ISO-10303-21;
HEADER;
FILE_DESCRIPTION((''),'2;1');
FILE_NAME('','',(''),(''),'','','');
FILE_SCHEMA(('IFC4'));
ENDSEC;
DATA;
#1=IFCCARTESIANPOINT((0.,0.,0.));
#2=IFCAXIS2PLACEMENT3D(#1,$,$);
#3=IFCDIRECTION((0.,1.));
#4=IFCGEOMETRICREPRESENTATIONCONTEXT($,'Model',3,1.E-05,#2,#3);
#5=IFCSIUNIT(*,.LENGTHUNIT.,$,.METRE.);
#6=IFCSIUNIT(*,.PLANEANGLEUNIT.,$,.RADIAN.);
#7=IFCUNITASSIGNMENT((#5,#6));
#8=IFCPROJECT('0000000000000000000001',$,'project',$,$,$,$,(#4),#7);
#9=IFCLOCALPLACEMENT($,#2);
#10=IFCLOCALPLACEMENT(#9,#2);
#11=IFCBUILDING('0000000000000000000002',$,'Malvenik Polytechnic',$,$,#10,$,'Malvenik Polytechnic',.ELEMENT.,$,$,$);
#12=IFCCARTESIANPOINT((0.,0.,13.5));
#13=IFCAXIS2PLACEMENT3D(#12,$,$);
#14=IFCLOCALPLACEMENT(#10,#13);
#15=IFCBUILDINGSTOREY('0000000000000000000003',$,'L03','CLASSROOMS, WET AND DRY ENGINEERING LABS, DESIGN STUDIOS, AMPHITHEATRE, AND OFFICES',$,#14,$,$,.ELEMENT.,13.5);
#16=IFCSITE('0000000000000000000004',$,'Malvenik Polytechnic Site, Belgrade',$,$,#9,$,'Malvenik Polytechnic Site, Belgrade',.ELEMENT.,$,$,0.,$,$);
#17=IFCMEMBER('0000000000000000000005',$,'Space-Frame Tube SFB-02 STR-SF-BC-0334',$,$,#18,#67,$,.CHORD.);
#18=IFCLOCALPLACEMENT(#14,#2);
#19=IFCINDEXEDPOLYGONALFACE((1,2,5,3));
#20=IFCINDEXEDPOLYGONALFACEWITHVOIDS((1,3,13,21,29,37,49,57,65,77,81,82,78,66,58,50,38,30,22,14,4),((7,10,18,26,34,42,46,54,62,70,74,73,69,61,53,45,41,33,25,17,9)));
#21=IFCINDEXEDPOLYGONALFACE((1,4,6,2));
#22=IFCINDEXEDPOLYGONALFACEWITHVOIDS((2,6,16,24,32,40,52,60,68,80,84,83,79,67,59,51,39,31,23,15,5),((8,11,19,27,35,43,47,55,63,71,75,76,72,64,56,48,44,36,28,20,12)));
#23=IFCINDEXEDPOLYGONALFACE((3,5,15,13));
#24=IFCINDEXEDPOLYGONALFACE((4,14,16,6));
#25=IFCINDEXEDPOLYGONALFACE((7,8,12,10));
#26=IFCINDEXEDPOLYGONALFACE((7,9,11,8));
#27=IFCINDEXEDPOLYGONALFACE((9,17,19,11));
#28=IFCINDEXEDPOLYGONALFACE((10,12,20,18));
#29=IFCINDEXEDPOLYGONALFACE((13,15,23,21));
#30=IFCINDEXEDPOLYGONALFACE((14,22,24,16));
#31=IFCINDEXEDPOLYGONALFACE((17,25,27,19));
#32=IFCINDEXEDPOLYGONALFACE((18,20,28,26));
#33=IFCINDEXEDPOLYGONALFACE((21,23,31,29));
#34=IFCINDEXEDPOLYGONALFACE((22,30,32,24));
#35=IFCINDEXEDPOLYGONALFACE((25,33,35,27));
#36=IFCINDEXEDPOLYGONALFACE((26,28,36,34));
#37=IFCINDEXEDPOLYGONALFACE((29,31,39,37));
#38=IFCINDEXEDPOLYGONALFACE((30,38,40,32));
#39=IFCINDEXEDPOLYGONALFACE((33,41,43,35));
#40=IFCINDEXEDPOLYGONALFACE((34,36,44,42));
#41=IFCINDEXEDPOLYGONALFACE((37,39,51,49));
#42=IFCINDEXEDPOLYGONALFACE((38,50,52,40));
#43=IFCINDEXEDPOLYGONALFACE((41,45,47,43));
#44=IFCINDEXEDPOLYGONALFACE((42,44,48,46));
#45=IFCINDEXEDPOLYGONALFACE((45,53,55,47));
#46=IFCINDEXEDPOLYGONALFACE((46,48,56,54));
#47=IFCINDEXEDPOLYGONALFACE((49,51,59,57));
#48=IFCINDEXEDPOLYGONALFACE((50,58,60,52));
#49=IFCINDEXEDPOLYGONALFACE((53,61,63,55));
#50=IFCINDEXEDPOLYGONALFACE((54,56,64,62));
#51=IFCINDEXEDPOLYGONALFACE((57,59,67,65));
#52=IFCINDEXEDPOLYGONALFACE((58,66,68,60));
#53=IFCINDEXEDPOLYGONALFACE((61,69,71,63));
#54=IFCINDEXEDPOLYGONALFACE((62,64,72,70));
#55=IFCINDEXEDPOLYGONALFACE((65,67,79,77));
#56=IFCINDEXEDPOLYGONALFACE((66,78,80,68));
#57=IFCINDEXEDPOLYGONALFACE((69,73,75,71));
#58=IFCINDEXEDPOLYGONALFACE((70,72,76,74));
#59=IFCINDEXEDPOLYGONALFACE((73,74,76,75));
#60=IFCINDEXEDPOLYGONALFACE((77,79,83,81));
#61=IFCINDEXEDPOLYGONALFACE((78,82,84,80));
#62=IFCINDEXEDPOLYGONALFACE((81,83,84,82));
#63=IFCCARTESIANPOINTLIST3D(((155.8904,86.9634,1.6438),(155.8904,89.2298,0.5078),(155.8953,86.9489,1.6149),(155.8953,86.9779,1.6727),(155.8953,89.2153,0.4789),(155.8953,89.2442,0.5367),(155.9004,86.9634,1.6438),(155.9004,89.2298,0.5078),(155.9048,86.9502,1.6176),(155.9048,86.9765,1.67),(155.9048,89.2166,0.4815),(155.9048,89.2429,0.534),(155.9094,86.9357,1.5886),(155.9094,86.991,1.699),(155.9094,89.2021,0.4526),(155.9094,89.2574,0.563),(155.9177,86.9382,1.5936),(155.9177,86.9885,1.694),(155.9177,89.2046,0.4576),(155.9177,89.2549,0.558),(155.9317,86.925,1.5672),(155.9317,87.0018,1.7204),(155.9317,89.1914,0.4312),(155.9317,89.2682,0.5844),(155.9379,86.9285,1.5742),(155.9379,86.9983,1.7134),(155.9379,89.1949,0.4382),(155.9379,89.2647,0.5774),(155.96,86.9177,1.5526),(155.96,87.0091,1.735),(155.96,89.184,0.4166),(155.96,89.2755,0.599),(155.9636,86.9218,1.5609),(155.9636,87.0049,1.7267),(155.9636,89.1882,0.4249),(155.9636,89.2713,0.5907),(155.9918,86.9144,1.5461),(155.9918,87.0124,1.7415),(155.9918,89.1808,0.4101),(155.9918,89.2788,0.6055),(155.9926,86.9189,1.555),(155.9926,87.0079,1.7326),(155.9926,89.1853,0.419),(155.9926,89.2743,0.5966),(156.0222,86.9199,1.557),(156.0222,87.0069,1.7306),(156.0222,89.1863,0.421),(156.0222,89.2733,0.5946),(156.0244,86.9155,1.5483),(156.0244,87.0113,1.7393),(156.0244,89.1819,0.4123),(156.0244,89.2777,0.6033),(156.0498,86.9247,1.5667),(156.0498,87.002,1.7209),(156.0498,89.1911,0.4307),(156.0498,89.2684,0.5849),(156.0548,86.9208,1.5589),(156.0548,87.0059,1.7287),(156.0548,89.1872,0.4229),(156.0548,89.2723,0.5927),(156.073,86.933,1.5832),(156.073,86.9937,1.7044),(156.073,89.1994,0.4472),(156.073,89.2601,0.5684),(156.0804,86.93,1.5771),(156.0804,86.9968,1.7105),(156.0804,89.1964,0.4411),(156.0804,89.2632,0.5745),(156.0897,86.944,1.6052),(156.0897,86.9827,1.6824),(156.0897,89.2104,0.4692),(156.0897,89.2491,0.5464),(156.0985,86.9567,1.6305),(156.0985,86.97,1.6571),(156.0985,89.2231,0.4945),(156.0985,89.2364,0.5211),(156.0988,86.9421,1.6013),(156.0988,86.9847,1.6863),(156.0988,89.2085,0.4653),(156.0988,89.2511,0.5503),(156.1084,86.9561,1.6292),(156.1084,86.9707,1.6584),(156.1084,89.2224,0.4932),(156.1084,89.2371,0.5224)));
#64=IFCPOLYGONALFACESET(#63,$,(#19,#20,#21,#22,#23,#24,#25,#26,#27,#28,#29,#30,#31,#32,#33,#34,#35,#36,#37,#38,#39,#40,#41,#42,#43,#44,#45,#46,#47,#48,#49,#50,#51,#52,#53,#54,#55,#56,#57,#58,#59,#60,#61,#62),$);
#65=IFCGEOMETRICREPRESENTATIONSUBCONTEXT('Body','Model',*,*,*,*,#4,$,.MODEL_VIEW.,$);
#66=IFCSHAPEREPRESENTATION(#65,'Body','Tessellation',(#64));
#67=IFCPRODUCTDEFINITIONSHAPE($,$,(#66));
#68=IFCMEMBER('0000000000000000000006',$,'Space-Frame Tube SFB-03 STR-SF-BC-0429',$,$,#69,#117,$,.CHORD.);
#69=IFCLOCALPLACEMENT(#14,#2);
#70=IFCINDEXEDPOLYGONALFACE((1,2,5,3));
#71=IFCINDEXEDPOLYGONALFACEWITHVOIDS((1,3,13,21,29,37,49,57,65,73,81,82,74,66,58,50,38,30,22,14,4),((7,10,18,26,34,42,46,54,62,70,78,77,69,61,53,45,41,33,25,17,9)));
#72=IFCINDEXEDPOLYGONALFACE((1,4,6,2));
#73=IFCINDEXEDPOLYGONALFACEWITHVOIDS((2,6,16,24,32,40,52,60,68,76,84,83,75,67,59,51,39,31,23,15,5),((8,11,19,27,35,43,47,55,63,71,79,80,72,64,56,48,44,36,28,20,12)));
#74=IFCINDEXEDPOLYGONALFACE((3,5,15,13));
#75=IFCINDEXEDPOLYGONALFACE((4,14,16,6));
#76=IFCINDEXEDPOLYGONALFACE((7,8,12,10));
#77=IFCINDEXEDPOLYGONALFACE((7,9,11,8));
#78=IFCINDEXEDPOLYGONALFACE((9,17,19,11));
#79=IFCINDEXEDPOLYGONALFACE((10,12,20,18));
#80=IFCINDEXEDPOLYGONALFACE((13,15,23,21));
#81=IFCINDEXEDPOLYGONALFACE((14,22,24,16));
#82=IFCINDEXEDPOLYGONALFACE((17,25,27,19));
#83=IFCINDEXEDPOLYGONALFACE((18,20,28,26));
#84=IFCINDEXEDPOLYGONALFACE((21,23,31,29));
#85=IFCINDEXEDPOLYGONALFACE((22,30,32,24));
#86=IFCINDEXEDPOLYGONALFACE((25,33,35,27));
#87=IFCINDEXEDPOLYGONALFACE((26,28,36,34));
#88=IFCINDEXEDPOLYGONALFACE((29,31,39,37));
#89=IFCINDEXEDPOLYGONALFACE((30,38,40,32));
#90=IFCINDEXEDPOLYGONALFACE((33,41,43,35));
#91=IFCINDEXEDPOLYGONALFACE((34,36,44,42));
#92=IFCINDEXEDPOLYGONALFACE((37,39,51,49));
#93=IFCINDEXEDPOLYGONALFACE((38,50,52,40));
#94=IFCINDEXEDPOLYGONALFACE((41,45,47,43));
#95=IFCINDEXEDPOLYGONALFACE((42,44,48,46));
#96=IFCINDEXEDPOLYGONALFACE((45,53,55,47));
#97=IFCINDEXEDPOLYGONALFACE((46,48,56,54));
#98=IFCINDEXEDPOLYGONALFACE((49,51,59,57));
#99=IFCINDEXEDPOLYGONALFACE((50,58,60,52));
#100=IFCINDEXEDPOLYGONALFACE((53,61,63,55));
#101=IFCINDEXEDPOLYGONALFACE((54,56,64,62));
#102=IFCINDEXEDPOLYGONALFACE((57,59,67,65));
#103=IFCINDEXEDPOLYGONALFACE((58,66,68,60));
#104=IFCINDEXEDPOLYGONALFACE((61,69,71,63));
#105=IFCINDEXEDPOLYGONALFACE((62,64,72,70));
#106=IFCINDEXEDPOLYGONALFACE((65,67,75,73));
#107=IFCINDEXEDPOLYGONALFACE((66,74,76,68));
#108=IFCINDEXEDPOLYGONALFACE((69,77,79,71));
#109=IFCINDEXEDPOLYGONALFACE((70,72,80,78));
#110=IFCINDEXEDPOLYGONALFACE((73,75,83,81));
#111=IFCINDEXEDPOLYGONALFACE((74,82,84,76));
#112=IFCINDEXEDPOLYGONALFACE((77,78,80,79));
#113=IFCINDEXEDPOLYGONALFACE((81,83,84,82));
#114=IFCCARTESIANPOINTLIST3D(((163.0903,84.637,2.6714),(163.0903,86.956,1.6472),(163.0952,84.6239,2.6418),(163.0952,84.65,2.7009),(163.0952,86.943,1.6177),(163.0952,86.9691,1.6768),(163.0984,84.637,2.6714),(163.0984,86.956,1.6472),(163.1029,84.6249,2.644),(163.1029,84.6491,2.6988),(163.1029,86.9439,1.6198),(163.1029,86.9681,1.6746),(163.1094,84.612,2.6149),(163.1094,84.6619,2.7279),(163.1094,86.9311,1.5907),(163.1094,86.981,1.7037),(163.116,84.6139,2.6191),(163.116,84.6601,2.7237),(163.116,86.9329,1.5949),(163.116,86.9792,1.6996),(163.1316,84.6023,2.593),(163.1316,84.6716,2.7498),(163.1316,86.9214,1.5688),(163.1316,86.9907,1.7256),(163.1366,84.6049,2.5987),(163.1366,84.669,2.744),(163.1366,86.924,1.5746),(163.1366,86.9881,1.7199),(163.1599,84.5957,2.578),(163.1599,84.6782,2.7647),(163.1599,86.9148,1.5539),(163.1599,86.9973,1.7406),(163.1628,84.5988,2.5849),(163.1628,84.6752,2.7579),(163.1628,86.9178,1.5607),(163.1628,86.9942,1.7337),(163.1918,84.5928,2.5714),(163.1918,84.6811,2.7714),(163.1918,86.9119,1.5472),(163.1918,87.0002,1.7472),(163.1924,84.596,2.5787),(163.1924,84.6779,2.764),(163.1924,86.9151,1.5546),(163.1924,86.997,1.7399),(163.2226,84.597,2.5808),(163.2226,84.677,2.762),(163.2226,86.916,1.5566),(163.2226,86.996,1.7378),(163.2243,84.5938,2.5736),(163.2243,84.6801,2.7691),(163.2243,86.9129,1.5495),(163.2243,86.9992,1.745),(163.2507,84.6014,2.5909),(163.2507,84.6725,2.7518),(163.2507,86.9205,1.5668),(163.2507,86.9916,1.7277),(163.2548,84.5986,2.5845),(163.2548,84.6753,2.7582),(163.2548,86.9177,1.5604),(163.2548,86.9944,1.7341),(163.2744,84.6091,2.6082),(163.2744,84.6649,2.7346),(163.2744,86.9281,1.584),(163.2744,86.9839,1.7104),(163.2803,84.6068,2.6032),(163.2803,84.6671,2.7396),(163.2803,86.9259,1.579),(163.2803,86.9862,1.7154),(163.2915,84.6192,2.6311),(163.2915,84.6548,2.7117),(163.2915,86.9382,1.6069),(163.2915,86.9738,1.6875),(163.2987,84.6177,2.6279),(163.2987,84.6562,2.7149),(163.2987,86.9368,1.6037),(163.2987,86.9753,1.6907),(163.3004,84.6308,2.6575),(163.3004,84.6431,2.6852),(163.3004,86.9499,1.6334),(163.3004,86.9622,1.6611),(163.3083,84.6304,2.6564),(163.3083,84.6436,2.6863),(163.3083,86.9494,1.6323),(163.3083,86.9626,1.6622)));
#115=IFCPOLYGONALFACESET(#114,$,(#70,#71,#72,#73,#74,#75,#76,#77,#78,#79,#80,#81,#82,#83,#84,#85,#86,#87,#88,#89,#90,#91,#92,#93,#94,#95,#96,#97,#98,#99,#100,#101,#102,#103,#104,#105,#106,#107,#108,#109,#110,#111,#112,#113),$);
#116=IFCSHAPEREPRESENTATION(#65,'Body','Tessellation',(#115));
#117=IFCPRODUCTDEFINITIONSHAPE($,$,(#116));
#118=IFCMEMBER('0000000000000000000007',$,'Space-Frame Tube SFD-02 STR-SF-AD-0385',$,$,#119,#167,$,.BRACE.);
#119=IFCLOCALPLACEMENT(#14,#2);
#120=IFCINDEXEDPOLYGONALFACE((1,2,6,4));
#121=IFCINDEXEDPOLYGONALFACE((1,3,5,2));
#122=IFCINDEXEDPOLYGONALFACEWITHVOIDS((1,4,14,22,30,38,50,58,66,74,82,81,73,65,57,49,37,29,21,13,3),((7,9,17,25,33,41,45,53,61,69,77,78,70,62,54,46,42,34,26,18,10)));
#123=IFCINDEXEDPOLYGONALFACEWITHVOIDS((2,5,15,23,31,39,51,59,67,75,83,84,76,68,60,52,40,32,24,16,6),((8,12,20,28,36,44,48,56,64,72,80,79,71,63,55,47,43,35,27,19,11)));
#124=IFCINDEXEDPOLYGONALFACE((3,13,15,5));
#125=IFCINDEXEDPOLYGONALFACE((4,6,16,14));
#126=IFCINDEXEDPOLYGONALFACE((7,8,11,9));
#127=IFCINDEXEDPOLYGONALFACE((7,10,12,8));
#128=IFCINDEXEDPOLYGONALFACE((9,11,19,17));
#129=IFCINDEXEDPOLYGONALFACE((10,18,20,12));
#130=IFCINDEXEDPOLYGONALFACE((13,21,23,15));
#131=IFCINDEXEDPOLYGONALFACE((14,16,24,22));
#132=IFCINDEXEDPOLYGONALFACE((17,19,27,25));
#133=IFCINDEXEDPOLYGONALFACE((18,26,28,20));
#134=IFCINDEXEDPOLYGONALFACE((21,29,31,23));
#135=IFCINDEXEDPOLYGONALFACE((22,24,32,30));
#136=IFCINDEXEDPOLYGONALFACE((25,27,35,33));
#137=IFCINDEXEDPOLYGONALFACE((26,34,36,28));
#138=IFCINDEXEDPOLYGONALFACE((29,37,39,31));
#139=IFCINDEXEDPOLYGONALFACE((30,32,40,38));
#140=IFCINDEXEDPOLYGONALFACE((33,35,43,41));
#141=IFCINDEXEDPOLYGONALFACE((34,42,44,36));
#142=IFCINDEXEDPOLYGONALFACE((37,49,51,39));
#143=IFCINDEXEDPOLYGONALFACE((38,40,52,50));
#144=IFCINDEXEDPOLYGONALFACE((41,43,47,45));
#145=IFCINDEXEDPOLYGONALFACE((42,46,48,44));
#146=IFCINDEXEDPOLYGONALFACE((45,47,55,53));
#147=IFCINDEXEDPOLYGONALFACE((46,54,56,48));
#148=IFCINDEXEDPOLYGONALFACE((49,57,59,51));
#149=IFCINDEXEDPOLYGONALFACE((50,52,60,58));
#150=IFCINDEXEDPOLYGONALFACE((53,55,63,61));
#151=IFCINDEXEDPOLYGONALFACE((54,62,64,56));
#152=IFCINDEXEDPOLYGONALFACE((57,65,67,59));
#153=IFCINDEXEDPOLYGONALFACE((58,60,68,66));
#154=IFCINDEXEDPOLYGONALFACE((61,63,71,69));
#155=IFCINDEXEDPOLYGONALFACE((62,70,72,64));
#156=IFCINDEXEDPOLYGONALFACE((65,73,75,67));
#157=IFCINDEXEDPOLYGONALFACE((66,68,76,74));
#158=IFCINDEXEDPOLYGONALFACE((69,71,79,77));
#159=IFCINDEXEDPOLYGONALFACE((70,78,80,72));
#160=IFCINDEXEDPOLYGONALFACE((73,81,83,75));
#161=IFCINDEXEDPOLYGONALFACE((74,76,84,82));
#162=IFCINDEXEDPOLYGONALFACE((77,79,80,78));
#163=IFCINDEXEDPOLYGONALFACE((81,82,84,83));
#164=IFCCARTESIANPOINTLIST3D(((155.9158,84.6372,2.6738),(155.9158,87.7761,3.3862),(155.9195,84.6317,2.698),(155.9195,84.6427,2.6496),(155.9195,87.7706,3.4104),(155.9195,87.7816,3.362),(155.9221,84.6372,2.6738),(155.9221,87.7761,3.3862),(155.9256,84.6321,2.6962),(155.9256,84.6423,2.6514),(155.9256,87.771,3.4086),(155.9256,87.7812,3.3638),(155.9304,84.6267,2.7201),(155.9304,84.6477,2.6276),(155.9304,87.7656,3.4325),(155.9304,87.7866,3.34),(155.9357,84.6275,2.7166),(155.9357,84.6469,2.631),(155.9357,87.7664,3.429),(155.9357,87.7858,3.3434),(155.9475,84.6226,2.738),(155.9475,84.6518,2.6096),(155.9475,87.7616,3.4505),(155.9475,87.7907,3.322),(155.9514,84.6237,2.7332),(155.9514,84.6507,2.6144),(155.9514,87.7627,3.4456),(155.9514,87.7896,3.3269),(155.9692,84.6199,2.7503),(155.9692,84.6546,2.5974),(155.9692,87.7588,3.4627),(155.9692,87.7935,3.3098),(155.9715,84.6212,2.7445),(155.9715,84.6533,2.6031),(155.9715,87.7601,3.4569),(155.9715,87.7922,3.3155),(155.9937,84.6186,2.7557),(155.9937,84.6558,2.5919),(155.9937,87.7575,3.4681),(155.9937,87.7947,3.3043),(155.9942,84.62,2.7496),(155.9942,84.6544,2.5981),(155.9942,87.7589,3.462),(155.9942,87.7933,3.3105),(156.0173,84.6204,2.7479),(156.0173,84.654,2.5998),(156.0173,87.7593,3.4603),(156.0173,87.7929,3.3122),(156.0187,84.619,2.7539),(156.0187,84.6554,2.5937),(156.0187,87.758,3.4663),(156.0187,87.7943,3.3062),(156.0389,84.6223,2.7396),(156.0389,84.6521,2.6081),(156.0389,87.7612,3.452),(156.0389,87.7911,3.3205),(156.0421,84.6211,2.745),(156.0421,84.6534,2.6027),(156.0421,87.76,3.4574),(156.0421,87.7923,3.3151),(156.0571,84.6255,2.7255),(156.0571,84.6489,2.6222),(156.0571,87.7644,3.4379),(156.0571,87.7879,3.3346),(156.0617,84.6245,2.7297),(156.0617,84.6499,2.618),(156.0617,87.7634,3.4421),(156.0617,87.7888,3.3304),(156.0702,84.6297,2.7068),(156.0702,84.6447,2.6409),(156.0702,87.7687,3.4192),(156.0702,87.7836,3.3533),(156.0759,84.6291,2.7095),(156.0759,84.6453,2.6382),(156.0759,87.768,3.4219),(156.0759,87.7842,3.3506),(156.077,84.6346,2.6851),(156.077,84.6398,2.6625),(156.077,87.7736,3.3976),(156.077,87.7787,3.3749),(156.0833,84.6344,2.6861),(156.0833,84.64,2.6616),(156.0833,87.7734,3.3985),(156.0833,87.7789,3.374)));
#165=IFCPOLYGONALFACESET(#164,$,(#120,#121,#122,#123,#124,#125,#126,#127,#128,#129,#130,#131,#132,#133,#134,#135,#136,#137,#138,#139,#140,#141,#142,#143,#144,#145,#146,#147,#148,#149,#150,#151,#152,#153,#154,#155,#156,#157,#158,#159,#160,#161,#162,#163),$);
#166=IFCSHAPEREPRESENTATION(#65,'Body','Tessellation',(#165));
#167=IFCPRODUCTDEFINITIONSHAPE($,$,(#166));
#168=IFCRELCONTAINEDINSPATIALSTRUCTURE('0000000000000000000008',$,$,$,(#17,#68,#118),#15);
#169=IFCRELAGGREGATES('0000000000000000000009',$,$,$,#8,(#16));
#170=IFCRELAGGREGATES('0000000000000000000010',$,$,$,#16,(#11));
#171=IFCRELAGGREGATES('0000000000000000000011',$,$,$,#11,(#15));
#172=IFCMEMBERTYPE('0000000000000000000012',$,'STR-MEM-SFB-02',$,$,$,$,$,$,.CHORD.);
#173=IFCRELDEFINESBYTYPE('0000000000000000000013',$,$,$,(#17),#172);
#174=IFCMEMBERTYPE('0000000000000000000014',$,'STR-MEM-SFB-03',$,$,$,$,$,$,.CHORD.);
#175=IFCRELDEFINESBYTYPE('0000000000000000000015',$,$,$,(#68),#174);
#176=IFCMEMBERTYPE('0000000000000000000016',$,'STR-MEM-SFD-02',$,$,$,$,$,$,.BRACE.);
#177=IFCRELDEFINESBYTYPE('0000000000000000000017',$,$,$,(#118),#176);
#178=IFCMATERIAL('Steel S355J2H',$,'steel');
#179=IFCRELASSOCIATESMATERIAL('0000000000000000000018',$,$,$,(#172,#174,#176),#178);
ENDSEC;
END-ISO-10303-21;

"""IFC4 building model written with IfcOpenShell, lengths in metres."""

from ifc_helpers import new_model, si_unit, direction, frame, origin, origin_2d, place, context, subcontext, project, spatial, hollow_circle, extrude, material, material_profile, profile_set, type_object, element, save


model = new_model("IFC4")

# Units and contexts
model_context = context("Model", 3, precision=1e-05, world=origin(), true_north=direction((0.0, 1.0)))
body_context = subcontext(model_context, "Body", "Model", "MODEL_VIEW")
ifc_project = project(units=[si_unit("LENGTHUNIT", "METRE"), si_unit("PLANEANGLEUNIT", "RADIAN")], contexts=[model_context])

# Site, building, storey
site_placement = place(None, origin())
site = spatial("IfcSite", under=ifc_project, at=site_placement, Name="Malvenik Polytechnic Site, Belgrade", LongName="Malvenik Polytechnic Site, Belgrade", CompositionType="ELEMENT", RefElevation=0.0)
building_placement = place(site_placement, origin())
building = spatial("IfcBuilding", under=site, at=building_placement, Name="Malvenik Polytechnic", LongName="Malvenik Polytechnic", CompositionType="ELEMENT")
storey_placement = place(building_placement, frame((0.0, 0.0, 13.5)))
storey = spatial("IfcBuildingStorey", under=building, at=storey_placement, Name="L03", Description="CLASSROOMS, WET AND DRY ENGINEERING LABS, DESIGN STUDIOS, AMPHITHEATRE, AND OFFICES", CompositionType="ELEMENT", Elevation=13.5)

# Members
ifc_material_1 = material(Name="Steel S355J2H", Category="steel")
ifc_material_profile_1 = material_profile(ifc_material_1, hollow_circle(Radius=0.1096, WallThickness=0.01, at=origin_2d()), Name="CHS 219.1x10.0")
ifc_profile_set_1 = profile_set([ifc_material_profile_1], Name="Steel S355J2H")
member_type_1 = type_object("IfcMemberType", Name="STR-MEM-SFB-02", PredefinedType="CHORD", material=ifc_profile_set_1)
member_1_placement = place(storey_placement, frame((156.0, 86.9634, 1.6438), z_axis=(0.0, 0.893984, -0.448099), x_axis=(-1.0, 0.0, 0.0)))
element("IfcMember", 1, at=member_1_placement, inside=storey, type_object=member_type_1, Name="Space-Frame Tube SFB-02 STR-SF-BC-0334", PredefinedType="CHORD", context=body_context, shape_type="SweptSolid", body=[
    extrude(hollow_circle(Radius=0.1096, WallThickness=0.01, at=origin_2d()), origin(), (0.0, 0.0, 1.0), 2.5352),
])
ifc_material_profile_2 = material_profile(ifc_material_1, hollow_circle(Radius=0.1096, WallThickness=0.0081, at=origin_2d()), Name="CHS 219.1x8.0")
ifc_profile_set_2 = profile_set([ifc_material_profile_2], Name="Steel S355J2H")
member_type_2 = type_object("IfcMemberType", Name="STR-MEM-SFB-03", PredefinedType="CHORD", material=ifc_profile_set_2)
member_2_placement = place(storey_placement, frame((163.2, 84.637, 2.6714), z_axis=(0.0, 0.914766, -0.403984), x_axis=(-1.0, 0.0, 0.0)))
element("IfcMember", 2, at=member_2_placement, inside=storey, type_object=member_type_2, Name="Space-Frame Tube SFB-03 STR-SF-BC-0429", PredefinedType="CHORD", context=body_context, shape_type="SweptSolid", body=[
    extrude(hollow_circle(Radius=0.1096, WallThickness=0.0081, at=origin_2d()), origin(), (0.0, 0.0, 1.0), 2.5352),
])
ifc_material_profile_3 = material_profile(ifc_material_1, hollow_circle(Radius=0.0842, WallThickness=0.0063, at=origin_2d()), Name="CHS 168.3x6.3")
ifc_profile_set_3 = profile_set([ifc_material_profile_3], Name="Steel S355J2H")
member_type_3 = type_object("IfcMemberType", Name="STR-MEM-SFD-02", PredefinedType="BRACE", material=ifc_profile_set_3)
member_3_placement = place(storey_placement, frame((156.0, 84.6372, 2.6738), z_axis=(0.0, 0.975199, 0.221329), x_axis=(-1.0, 0.0, 0.0)))
element("IfcMember", 3, at=member_3_placement, inside=storey, type_object=member_type_3, Name="Space-Frame Tube SFD-02 STR-SF-AD-0385", PredefinedType="BRACE", context=body_context, shape_type="SweptSolid", body=[
    extrude(hollow_circle(Radius=0.0842, WallThickness=0.0063, at=origin_2d()), origin(), (0.0, 0.0, 1.0), 3.2188),
])

save(model, "model.ifc")
